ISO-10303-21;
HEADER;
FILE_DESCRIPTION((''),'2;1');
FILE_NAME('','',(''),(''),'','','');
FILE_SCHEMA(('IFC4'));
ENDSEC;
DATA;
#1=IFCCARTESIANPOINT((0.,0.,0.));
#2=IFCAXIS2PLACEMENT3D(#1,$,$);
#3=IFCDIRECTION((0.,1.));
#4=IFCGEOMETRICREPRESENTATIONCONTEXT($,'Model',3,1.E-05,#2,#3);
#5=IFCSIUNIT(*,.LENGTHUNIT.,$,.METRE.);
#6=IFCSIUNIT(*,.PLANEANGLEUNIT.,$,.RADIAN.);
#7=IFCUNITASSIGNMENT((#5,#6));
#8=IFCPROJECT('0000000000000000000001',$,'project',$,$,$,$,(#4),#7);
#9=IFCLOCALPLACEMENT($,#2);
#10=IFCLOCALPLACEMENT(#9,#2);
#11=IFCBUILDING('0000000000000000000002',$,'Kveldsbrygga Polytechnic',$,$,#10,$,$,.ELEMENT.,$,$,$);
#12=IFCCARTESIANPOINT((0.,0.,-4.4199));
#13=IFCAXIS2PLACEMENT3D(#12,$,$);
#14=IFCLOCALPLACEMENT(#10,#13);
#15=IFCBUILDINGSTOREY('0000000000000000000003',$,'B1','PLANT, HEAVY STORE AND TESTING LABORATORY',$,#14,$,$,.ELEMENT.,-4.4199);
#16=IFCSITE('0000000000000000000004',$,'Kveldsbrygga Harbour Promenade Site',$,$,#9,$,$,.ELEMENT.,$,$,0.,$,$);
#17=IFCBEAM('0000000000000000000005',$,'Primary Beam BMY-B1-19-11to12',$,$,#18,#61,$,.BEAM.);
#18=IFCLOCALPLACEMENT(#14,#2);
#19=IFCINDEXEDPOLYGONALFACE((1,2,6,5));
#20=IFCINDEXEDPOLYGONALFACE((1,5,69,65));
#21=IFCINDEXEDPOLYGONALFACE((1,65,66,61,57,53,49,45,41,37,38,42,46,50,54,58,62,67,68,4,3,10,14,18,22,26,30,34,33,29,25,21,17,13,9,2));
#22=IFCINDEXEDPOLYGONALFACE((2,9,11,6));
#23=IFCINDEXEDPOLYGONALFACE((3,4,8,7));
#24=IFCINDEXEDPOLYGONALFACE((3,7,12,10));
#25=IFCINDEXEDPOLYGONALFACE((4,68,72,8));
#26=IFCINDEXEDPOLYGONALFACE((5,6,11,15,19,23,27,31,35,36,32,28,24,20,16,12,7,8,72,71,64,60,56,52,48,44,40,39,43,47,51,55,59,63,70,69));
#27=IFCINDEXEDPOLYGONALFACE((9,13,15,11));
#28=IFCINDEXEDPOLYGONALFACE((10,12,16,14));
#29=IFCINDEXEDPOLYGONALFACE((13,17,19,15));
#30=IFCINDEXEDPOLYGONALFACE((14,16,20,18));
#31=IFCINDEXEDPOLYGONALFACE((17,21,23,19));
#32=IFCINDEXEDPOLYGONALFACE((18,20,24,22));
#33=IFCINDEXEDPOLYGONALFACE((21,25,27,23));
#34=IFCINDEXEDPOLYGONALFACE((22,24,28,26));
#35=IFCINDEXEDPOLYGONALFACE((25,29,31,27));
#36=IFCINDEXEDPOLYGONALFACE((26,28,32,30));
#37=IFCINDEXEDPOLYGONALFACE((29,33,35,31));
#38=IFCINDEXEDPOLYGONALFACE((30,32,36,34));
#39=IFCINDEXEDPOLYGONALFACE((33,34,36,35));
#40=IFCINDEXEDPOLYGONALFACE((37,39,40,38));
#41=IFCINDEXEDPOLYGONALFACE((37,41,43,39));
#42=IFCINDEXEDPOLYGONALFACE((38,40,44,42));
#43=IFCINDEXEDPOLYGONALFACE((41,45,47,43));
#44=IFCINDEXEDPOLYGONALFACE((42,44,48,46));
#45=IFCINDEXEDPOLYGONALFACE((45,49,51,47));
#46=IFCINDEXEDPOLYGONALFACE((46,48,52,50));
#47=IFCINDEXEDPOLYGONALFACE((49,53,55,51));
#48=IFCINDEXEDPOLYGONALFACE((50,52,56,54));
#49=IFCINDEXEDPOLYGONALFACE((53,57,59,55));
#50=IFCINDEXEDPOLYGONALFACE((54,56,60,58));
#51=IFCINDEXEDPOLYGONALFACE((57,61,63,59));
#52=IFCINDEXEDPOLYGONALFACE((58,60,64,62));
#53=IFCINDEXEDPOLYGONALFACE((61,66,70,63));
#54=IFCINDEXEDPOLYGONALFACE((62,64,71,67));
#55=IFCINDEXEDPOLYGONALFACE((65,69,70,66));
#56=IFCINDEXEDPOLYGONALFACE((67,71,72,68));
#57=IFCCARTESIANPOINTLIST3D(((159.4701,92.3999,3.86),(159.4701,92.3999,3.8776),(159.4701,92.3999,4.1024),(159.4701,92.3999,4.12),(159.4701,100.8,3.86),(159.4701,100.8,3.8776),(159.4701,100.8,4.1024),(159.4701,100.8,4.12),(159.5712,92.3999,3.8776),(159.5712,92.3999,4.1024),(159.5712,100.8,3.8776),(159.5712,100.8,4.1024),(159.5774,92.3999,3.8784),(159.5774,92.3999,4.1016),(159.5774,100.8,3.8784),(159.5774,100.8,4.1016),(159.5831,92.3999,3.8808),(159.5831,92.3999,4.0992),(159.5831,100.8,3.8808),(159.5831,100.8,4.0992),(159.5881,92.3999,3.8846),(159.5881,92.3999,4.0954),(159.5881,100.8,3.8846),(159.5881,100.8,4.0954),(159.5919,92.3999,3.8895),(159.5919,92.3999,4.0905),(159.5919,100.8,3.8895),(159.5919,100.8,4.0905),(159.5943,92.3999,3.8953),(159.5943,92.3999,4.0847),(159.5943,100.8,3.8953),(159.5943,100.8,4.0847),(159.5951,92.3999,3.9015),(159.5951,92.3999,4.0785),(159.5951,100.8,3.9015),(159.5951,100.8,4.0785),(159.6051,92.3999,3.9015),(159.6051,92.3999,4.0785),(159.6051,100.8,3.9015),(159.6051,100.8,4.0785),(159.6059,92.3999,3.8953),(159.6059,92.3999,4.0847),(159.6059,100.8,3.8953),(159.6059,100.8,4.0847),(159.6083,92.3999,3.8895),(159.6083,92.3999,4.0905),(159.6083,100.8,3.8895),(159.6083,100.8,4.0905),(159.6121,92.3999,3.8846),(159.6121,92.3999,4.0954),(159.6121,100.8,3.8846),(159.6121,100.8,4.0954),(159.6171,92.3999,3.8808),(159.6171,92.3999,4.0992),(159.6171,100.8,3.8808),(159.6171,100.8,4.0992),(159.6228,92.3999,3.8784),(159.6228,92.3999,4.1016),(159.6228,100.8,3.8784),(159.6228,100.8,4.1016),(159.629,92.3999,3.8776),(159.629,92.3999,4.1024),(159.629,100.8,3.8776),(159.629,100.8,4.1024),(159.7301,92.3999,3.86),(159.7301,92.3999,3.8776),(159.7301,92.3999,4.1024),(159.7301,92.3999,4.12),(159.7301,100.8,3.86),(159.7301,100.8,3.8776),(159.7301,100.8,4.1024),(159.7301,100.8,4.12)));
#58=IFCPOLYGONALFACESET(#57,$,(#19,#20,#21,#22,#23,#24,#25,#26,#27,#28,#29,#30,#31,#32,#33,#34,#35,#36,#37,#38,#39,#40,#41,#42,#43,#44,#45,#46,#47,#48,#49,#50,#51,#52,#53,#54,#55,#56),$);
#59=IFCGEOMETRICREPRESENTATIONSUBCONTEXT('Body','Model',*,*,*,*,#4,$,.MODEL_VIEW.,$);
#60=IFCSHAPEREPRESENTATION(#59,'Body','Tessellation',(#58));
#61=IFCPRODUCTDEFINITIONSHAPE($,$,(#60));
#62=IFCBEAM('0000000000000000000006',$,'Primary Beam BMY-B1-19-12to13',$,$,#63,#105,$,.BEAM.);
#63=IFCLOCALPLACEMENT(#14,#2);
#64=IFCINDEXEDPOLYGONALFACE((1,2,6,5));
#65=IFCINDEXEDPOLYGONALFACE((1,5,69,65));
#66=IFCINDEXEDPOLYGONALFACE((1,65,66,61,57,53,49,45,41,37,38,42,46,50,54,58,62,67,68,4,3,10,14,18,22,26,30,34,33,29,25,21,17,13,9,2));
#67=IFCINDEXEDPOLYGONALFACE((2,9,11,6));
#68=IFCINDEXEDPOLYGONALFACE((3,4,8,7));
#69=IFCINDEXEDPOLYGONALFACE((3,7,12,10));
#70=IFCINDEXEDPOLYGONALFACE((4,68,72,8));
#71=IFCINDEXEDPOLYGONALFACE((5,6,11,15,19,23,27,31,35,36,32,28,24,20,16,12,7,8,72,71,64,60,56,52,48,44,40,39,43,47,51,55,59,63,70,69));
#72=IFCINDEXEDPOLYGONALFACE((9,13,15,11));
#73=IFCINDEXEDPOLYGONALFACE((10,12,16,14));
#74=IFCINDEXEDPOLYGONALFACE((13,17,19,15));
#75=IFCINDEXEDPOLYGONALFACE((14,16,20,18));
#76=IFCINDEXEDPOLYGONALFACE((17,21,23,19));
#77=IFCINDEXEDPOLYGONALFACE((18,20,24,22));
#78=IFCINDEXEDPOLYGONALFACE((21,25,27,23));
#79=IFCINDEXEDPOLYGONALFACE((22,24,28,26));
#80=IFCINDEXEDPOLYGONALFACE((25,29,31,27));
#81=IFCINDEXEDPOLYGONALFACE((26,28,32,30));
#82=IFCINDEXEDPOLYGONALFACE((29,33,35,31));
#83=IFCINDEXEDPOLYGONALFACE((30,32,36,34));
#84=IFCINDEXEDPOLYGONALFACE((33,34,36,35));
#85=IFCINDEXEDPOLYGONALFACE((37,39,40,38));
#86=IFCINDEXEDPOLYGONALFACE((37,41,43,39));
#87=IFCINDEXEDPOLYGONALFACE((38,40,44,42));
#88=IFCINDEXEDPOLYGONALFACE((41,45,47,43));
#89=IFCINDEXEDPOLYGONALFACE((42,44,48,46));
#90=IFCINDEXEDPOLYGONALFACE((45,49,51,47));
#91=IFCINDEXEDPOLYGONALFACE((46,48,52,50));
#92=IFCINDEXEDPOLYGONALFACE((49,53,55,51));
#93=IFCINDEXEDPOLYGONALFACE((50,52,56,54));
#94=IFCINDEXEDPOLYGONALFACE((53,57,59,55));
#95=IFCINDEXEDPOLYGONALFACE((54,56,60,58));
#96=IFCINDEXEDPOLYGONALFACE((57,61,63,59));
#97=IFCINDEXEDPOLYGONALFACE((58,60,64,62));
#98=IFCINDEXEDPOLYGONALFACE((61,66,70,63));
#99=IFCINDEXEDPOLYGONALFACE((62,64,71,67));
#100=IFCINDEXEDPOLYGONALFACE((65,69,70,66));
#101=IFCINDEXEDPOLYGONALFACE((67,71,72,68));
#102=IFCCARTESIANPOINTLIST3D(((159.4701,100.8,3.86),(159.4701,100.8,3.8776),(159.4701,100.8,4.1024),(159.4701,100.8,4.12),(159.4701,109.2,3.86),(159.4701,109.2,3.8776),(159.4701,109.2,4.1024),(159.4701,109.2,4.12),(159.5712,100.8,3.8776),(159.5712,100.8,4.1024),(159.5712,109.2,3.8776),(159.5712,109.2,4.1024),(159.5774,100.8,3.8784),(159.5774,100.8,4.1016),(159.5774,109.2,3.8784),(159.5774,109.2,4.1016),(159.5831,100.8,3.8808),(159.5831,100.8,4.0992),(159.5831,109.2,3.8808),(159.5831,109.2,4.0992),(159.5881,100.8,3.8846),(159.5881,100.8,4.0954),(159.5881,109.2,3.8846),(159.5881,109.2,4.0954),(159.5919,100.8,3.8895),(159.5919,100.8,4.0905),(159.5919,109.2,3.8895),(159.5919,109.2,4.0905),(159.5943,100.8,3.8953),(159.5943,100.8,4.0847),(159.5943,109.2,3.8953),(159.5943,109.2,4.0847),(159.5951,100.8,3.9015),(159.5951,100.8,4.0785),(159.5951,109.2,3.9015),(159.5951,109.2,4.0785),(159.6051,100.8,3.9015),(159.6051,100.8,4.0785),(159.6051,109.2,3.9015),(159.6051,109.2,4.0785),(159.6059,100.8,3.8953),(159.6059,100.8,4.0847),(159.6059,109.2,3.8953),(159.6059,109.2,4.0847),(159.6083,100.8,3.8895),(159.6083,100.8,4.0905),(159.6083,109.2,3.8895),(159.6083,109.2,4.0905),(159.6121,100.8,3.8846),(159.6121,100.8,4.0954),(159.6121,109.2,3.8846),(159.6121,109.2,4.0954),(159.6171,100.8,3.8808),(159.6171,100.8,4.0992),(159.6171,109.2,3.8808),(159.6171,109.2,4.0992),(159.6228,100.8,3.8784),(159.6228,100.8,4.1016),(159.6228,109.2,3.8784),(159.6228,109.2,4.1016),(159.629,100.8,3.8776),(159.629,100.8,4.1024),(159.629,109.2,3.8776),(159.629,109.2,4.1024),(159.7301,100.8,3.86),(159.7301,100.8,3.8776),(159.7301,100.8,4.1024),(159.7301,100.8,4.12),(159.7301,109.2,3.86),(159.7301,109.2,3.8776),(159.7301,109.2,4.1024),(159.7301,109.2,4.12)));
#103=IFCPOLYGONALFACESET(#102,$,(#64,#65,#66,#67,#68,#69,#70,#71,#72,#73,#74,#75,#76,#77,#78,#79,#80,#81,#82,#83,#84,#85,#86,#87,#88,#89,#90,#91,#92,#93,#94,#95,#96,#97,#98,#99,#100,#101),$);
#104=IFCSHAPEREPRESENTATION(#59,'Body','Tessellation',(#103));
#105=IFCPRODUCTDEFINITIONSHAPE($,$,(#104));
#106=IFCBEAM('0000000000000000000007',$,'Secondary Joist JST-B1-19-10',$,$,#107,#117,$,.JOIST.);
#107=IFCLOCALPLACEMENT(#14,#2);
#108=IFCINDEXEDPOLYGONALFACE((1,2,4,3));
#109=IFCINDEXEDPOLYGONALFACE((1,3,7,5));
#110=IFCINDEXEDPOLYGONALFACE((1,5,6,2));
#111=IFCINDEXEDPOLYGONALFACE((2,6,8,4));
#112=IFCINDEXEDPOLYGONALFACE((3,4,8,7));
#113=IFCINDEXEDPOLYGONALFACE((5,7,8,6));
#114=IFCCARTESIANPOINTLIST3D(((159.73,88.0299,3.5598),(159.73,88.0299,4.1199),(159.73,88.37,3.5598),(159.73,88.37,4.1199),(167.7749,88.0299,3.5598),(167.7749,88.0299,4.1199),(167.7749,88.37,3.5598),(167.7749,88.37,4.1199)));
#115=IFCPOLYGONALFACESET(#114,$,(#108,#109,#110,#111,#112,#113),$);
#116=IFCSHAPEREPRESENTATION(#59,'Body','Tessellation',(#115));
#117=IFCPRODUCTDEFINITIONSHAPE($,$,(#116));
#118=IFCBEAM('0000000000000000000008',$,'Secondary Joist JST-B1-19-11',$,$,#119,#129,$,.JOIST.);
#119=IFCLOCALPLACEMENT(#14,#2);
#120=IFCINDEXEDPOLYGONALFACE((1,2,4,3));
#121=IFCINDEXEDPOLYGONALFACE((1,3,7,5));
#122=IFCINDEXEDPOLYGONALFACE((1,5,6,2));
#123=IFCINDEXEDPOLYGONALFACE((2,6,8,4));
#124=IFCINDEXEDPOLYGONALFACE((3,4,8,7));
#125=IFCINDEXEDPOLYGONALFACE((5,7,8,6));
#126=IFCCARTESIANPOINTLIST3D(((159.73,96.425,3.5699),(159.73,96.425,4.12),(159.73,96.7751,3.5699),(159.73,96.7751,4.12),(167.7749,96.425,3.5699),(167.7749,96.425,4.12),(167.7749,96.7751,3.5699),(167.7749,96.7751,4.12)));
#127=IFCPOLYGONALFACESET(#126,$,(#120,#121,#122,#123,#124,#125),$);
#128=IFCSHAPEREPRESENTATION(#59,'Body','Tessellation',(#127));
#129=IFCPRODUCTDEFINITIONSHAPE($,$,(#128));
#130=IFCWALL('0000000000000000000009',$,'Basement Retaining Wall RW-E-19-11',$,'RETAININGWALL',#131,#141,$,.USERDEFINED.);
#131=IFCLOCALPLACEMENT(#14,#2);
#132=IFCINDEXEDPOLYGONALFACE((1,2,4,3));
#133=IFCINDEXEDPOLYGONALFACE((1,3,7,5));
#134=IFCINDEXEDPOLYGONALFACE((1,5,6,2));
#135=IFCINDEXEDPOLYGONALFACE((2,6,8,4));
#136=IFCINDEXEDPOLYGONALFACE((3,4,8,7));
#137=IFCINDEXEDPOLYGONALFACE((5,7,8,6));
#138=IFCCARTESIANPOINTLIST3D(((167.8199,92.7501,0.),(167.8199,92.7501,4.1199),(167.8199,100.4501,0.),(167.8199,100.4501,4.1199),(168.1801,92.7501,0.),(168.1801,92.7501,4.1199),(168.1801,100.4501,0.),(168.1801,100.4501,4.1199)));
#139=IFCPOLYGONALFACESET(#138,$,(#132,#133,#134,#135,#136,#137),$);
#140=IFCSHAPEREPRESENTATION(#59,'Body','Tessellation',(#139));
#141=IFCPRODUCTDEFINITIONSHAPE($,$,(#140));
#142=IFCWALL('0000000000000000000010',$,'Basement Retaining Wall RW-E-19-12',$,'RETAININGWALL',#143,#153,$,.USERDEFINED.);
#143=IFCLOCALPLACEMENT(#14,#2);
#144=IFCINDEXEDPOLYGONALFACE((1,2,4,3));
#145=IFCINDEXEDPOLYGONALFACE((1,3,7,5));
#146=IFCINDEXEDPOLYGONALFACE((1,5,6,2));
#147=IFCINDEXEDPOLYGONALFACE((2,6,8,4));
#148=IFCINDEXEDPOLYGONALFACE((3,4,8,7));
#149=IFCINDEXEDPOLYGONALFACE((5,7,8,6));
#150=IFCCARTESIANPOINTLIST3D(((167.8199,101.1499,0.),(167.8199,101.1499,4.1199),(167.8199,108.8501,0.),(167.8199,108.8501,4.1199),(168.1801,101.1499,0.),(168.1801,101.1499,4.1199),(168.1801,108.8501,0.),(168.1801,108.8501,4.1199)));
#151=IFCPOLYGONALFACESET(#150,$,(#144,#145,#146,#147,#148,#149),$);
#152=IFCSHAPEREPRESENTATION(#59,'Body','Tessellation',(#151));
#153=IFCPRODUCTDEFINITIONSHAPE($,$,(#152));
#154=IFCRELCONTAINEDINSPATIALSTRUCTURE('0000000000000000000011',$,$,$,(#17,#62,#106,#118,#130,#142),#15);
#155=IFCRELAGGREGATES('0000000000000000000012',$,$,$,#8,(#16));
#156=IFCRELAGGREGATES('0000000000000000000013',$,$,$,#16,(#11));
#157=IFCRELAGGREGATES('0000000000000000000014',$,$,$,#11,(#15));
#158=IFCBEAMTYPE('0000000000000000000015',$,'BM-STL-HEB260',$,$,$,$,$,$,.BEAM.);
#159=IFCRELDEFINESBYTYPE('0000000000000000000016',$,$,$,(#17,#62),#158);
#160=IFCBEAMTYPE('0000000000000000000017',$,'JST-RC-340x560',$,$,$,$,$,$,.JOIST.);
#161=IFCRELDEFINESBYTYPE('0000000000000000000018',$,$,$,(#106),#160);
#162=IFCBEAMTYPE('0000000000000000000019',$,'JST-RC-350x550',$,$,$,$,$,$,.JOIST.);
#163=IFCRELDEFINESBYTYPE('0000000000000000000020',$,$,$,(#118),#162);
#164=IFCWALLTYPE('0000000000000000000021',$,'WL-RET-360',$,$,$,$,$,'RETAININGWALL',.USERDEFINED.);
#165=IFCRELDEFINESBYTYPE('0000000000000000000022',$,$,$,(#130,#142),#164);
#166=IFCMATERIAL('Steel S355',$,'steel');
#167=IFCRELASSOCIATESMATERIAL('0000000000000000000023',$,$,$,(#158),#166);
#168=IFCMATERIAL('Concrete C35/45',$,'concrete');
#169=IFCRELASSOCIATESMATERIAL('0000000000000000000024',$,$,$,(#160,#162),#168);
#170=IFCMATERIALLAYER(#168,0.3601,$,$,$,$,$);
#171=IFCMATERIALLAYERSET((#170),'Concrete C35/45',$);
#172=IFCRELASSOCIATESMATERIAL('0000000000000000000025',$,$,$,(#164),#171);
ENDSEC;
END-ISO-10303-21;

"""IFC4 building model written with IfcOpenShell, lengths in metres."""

from ifc_helpers import new_model, si_unit, direction, frame, frame_2d, origin, origin_2d, place, context, subcontext, project, spatial, rectangle, i_section, extrude, material, layer, layer_set, material_profile, profile_set, type_object, element, save


model = new_model("IFC4")

# Units and contexts
model_context = context("Model", 3, precision=1e-05, world=origin(), true_north=direction((0.0, 1.0)))
body_context = subcontext(model_context, "Body", "Model", "MODEL_VIEW")
ifc_project = project(units=[si_unit("LENGTHUNIT", "METRE"), si_unit("PLANEANGLEUNIT", "RADIAN")], contexts=[model_context])

# Site, building, storey
site_placement = place(None, origin())
site = spatial("IfcSite", under=ifc_project, at=site_placement, Name="Kveldsbrygga Harbour Promenade Site", CompositionType="ELEMENT", RefElevation=0.0)
building_placement = place(site_placement, origin())
building = spatial("IfcBuilding", under=site, at=building_placement, Name="Kveldsbrygga Polytechnic", CompositionType="ELEMENT")
storey_placement = place(building_placement, frame((0.0, 0.0, -4.4199)))
storey = spatial("IfcBuildingStorey", under=building, at=storey_placement, Name="B1", Description="PLANT, HEAVY STORE AND TESTING LABORATORY", CompositionType="ELEMENT", Elevation=-4.4199)

# Beams
ifc_material_1 = material(Name="Concrete C35/45", Category="concrete")
ifc_material_2 = material(Name="Steel S355", Category="steel")
ifc_material_profile_1 = material_profile(ifc_material_2, i_section(OverallWidth=0.26, OverallDepth=0.26, WebThickness=0.01, FlangeThickness=0.0176, FilletRadius=0.0239, at=origin_2d()), Name="HEB 260")
ifc_profile_set_1 = profile_set([ifc_material_profile_1], Name="Steel S355")
beam_type_1 = type_object("IfcBeamType", Name="BM-STL-HEB260", PredefinedType="BEAM", material=ifc_profile_set_1)
beam_1_placement = place(storey_placement, frame((159.6001, 92.3999, 3.99), z_axis=(0.0, 1.0, 0.0), x_axis=(-1.0, 0.0, 0.0)))
element("IfcBeam", 1, at=beam_1_placement, inside=storey, type_object=beam_type_1, Name="Primary Beam BMY-B1-19-11to12", PredefinedType="BEAM", context=body_context, shape_type="SweptSolid", body=[
    extrude(i_section(OverallWidth=0.26, OverallDepth=0.26, WebThickness=0.01, FlangeThickness=0.0176, FilletRadius=0.0239, at=origin_2d()), origin(), (0.0, 0.0, 1.0), 8.4001),
])
beam_2_placement = place(storey_placement, frame((159.6001, 100.8, 3.99), z_axis=(0.0, 1.0, 0.0), x_axis=(-1.0, 0.0, 0.0)))
element("IfcBeam", 2, at=beam_2_placement, inside=storey, type_object=beam_type_1, Name="Primary Beam BMY-B1-19-12to13", PredefinedType="BEAM", context=body_context, shape_type="SweptSolid", body=[
    extrude(i_section(OverallWidth=0.26, OverallDepth=0.26, WebThickness=0.01, FlangeThickness=0.0176, FilletRadius=0.0239, at=origin_2d()), origin(), (0.0, 0.0, 1.0), 8.3999),
])
ifc_material_profile_2 = material_profile(ifc_material_1, rectangle(XDim=0.3401, YDim=0.5601, at=origin_2d()), Name="RC 340x560")
ifc_profile_set_2 = profile_set([ifc_material_profile_2], Name="Concrete C35/45")
beam_type_2 = type_object("IfcBeamType", Name="JST-RC-340x560", PredefinedType="JOIST", material=ifc_profile_set_2)
beam_3_placement = place(storey_placement, frame((159.73, 88.2, 3.8398), z_axis=(1.0, 0.0, 0.0), x_axis=(0.0, 1.0, 0.0)))
element("IfcBeam", 3, at=beam_3_placement, inside=storey, type_object=beam_type_2, Name="Secondary Joist JST-B1-19-10", PredefinedType="JOIST", context=body_context, shape_type="SweptSolid", body=[
    extrude(rectangle(XDim=0.3401, YDim=0.5601, at=origin_2d()), origin(), (0.0, 0.0, 1.0), 8.0449),
])
ifc_material_profile_3 = material_profile(ifc_material_1, rectangle(XDim=0.3501, YDim=0.55, at=origin_2d()), Name="RC 350x550")
ifc_profile_set_3 = profile_set([ifc_material_profile_3], Name="Concrete C35/45")
beam_type_3 = type_object("IfcBeamType", Name="JST-RC-350x550", PredefinedType="JOIST", material=ifc_profile_set_3)
beam_4_placement = place(storey_placement, frame((159.73, 96.6001, 3.845), z_axis=(1.0, 0.0, 0.0), x_axis=(0.0, 1.0, 0.0)))
element("IfcBeam", 4, at=beam_4_placement, inside=storey, type_object=beam_type_3, Name="Secondary Joist JST-B1-19-11", PredefinedType="JOIST", context=body_context, shape_type="SweptSolid", body=[
    extrude(rectangle(XDim=0.3501, YDim=0.55, at=origin_2d()), origin(), (0.0, 0.0, 1.0), 8.0449),
])

# Walls
ifc_layer = layer(ifc_material_1, 0.3601)
ifc_layer_set = layer_set([ifc_layer], Name="Concrete C35/45")
wall_type = type_object("IfcWallType", Name="WL-RET-360", ElementType="RETAININGWALL", PredefinedType="USERDEFINED", material=ifc_layer_set)
wall_1_placement = place(storey_placement, frame((168.0, 92.75, 0.0), z_axis=(0.0, 0.0, 1.0), x_axis=(0.0, 1.0, 0.0)))
element("IfcWall", 5, at=wall_1_placement, inside=storey, type_object=wall_type, Name="Basement Retaining Wall RW-E-19-11", ObjectType="RETAININGWALL", PredefinedType="USERDEFINED", context=body_context, shape_type="SweptSolid", body=[
    extrude(rectangle(XDim=7.7, YDim=0.3601, at=frame_2d((3.8501, 0.0))), origin(), (0.0, 0.0, 1.0), 4.1199),
])
wall_2_placement = place(storey_placement, frame((168.0, 101.1499, 0.0), z_axis=(0.0, 0.0, 1.0), x_axis=(0.0, 1.0, 0.0)))
element("IfcWall", 6, at=wall_2_placement, inside=storey, type_object=wall_type, Name="Basement Retaining Wall RW-E-19-12", ObjectType="RETAININGWALL", PredefinedType="USERDEFINED", context=body_context, shape_type="SweptSolid", body=[
    extrude(rectangle(XDim=7.7002, YDim=0.3601, at=frame_2d((3.8501, 0.0))), origin(), (0.0, 0.0, 1.0), 4.1199),
])

save(model, "model.ifc")
